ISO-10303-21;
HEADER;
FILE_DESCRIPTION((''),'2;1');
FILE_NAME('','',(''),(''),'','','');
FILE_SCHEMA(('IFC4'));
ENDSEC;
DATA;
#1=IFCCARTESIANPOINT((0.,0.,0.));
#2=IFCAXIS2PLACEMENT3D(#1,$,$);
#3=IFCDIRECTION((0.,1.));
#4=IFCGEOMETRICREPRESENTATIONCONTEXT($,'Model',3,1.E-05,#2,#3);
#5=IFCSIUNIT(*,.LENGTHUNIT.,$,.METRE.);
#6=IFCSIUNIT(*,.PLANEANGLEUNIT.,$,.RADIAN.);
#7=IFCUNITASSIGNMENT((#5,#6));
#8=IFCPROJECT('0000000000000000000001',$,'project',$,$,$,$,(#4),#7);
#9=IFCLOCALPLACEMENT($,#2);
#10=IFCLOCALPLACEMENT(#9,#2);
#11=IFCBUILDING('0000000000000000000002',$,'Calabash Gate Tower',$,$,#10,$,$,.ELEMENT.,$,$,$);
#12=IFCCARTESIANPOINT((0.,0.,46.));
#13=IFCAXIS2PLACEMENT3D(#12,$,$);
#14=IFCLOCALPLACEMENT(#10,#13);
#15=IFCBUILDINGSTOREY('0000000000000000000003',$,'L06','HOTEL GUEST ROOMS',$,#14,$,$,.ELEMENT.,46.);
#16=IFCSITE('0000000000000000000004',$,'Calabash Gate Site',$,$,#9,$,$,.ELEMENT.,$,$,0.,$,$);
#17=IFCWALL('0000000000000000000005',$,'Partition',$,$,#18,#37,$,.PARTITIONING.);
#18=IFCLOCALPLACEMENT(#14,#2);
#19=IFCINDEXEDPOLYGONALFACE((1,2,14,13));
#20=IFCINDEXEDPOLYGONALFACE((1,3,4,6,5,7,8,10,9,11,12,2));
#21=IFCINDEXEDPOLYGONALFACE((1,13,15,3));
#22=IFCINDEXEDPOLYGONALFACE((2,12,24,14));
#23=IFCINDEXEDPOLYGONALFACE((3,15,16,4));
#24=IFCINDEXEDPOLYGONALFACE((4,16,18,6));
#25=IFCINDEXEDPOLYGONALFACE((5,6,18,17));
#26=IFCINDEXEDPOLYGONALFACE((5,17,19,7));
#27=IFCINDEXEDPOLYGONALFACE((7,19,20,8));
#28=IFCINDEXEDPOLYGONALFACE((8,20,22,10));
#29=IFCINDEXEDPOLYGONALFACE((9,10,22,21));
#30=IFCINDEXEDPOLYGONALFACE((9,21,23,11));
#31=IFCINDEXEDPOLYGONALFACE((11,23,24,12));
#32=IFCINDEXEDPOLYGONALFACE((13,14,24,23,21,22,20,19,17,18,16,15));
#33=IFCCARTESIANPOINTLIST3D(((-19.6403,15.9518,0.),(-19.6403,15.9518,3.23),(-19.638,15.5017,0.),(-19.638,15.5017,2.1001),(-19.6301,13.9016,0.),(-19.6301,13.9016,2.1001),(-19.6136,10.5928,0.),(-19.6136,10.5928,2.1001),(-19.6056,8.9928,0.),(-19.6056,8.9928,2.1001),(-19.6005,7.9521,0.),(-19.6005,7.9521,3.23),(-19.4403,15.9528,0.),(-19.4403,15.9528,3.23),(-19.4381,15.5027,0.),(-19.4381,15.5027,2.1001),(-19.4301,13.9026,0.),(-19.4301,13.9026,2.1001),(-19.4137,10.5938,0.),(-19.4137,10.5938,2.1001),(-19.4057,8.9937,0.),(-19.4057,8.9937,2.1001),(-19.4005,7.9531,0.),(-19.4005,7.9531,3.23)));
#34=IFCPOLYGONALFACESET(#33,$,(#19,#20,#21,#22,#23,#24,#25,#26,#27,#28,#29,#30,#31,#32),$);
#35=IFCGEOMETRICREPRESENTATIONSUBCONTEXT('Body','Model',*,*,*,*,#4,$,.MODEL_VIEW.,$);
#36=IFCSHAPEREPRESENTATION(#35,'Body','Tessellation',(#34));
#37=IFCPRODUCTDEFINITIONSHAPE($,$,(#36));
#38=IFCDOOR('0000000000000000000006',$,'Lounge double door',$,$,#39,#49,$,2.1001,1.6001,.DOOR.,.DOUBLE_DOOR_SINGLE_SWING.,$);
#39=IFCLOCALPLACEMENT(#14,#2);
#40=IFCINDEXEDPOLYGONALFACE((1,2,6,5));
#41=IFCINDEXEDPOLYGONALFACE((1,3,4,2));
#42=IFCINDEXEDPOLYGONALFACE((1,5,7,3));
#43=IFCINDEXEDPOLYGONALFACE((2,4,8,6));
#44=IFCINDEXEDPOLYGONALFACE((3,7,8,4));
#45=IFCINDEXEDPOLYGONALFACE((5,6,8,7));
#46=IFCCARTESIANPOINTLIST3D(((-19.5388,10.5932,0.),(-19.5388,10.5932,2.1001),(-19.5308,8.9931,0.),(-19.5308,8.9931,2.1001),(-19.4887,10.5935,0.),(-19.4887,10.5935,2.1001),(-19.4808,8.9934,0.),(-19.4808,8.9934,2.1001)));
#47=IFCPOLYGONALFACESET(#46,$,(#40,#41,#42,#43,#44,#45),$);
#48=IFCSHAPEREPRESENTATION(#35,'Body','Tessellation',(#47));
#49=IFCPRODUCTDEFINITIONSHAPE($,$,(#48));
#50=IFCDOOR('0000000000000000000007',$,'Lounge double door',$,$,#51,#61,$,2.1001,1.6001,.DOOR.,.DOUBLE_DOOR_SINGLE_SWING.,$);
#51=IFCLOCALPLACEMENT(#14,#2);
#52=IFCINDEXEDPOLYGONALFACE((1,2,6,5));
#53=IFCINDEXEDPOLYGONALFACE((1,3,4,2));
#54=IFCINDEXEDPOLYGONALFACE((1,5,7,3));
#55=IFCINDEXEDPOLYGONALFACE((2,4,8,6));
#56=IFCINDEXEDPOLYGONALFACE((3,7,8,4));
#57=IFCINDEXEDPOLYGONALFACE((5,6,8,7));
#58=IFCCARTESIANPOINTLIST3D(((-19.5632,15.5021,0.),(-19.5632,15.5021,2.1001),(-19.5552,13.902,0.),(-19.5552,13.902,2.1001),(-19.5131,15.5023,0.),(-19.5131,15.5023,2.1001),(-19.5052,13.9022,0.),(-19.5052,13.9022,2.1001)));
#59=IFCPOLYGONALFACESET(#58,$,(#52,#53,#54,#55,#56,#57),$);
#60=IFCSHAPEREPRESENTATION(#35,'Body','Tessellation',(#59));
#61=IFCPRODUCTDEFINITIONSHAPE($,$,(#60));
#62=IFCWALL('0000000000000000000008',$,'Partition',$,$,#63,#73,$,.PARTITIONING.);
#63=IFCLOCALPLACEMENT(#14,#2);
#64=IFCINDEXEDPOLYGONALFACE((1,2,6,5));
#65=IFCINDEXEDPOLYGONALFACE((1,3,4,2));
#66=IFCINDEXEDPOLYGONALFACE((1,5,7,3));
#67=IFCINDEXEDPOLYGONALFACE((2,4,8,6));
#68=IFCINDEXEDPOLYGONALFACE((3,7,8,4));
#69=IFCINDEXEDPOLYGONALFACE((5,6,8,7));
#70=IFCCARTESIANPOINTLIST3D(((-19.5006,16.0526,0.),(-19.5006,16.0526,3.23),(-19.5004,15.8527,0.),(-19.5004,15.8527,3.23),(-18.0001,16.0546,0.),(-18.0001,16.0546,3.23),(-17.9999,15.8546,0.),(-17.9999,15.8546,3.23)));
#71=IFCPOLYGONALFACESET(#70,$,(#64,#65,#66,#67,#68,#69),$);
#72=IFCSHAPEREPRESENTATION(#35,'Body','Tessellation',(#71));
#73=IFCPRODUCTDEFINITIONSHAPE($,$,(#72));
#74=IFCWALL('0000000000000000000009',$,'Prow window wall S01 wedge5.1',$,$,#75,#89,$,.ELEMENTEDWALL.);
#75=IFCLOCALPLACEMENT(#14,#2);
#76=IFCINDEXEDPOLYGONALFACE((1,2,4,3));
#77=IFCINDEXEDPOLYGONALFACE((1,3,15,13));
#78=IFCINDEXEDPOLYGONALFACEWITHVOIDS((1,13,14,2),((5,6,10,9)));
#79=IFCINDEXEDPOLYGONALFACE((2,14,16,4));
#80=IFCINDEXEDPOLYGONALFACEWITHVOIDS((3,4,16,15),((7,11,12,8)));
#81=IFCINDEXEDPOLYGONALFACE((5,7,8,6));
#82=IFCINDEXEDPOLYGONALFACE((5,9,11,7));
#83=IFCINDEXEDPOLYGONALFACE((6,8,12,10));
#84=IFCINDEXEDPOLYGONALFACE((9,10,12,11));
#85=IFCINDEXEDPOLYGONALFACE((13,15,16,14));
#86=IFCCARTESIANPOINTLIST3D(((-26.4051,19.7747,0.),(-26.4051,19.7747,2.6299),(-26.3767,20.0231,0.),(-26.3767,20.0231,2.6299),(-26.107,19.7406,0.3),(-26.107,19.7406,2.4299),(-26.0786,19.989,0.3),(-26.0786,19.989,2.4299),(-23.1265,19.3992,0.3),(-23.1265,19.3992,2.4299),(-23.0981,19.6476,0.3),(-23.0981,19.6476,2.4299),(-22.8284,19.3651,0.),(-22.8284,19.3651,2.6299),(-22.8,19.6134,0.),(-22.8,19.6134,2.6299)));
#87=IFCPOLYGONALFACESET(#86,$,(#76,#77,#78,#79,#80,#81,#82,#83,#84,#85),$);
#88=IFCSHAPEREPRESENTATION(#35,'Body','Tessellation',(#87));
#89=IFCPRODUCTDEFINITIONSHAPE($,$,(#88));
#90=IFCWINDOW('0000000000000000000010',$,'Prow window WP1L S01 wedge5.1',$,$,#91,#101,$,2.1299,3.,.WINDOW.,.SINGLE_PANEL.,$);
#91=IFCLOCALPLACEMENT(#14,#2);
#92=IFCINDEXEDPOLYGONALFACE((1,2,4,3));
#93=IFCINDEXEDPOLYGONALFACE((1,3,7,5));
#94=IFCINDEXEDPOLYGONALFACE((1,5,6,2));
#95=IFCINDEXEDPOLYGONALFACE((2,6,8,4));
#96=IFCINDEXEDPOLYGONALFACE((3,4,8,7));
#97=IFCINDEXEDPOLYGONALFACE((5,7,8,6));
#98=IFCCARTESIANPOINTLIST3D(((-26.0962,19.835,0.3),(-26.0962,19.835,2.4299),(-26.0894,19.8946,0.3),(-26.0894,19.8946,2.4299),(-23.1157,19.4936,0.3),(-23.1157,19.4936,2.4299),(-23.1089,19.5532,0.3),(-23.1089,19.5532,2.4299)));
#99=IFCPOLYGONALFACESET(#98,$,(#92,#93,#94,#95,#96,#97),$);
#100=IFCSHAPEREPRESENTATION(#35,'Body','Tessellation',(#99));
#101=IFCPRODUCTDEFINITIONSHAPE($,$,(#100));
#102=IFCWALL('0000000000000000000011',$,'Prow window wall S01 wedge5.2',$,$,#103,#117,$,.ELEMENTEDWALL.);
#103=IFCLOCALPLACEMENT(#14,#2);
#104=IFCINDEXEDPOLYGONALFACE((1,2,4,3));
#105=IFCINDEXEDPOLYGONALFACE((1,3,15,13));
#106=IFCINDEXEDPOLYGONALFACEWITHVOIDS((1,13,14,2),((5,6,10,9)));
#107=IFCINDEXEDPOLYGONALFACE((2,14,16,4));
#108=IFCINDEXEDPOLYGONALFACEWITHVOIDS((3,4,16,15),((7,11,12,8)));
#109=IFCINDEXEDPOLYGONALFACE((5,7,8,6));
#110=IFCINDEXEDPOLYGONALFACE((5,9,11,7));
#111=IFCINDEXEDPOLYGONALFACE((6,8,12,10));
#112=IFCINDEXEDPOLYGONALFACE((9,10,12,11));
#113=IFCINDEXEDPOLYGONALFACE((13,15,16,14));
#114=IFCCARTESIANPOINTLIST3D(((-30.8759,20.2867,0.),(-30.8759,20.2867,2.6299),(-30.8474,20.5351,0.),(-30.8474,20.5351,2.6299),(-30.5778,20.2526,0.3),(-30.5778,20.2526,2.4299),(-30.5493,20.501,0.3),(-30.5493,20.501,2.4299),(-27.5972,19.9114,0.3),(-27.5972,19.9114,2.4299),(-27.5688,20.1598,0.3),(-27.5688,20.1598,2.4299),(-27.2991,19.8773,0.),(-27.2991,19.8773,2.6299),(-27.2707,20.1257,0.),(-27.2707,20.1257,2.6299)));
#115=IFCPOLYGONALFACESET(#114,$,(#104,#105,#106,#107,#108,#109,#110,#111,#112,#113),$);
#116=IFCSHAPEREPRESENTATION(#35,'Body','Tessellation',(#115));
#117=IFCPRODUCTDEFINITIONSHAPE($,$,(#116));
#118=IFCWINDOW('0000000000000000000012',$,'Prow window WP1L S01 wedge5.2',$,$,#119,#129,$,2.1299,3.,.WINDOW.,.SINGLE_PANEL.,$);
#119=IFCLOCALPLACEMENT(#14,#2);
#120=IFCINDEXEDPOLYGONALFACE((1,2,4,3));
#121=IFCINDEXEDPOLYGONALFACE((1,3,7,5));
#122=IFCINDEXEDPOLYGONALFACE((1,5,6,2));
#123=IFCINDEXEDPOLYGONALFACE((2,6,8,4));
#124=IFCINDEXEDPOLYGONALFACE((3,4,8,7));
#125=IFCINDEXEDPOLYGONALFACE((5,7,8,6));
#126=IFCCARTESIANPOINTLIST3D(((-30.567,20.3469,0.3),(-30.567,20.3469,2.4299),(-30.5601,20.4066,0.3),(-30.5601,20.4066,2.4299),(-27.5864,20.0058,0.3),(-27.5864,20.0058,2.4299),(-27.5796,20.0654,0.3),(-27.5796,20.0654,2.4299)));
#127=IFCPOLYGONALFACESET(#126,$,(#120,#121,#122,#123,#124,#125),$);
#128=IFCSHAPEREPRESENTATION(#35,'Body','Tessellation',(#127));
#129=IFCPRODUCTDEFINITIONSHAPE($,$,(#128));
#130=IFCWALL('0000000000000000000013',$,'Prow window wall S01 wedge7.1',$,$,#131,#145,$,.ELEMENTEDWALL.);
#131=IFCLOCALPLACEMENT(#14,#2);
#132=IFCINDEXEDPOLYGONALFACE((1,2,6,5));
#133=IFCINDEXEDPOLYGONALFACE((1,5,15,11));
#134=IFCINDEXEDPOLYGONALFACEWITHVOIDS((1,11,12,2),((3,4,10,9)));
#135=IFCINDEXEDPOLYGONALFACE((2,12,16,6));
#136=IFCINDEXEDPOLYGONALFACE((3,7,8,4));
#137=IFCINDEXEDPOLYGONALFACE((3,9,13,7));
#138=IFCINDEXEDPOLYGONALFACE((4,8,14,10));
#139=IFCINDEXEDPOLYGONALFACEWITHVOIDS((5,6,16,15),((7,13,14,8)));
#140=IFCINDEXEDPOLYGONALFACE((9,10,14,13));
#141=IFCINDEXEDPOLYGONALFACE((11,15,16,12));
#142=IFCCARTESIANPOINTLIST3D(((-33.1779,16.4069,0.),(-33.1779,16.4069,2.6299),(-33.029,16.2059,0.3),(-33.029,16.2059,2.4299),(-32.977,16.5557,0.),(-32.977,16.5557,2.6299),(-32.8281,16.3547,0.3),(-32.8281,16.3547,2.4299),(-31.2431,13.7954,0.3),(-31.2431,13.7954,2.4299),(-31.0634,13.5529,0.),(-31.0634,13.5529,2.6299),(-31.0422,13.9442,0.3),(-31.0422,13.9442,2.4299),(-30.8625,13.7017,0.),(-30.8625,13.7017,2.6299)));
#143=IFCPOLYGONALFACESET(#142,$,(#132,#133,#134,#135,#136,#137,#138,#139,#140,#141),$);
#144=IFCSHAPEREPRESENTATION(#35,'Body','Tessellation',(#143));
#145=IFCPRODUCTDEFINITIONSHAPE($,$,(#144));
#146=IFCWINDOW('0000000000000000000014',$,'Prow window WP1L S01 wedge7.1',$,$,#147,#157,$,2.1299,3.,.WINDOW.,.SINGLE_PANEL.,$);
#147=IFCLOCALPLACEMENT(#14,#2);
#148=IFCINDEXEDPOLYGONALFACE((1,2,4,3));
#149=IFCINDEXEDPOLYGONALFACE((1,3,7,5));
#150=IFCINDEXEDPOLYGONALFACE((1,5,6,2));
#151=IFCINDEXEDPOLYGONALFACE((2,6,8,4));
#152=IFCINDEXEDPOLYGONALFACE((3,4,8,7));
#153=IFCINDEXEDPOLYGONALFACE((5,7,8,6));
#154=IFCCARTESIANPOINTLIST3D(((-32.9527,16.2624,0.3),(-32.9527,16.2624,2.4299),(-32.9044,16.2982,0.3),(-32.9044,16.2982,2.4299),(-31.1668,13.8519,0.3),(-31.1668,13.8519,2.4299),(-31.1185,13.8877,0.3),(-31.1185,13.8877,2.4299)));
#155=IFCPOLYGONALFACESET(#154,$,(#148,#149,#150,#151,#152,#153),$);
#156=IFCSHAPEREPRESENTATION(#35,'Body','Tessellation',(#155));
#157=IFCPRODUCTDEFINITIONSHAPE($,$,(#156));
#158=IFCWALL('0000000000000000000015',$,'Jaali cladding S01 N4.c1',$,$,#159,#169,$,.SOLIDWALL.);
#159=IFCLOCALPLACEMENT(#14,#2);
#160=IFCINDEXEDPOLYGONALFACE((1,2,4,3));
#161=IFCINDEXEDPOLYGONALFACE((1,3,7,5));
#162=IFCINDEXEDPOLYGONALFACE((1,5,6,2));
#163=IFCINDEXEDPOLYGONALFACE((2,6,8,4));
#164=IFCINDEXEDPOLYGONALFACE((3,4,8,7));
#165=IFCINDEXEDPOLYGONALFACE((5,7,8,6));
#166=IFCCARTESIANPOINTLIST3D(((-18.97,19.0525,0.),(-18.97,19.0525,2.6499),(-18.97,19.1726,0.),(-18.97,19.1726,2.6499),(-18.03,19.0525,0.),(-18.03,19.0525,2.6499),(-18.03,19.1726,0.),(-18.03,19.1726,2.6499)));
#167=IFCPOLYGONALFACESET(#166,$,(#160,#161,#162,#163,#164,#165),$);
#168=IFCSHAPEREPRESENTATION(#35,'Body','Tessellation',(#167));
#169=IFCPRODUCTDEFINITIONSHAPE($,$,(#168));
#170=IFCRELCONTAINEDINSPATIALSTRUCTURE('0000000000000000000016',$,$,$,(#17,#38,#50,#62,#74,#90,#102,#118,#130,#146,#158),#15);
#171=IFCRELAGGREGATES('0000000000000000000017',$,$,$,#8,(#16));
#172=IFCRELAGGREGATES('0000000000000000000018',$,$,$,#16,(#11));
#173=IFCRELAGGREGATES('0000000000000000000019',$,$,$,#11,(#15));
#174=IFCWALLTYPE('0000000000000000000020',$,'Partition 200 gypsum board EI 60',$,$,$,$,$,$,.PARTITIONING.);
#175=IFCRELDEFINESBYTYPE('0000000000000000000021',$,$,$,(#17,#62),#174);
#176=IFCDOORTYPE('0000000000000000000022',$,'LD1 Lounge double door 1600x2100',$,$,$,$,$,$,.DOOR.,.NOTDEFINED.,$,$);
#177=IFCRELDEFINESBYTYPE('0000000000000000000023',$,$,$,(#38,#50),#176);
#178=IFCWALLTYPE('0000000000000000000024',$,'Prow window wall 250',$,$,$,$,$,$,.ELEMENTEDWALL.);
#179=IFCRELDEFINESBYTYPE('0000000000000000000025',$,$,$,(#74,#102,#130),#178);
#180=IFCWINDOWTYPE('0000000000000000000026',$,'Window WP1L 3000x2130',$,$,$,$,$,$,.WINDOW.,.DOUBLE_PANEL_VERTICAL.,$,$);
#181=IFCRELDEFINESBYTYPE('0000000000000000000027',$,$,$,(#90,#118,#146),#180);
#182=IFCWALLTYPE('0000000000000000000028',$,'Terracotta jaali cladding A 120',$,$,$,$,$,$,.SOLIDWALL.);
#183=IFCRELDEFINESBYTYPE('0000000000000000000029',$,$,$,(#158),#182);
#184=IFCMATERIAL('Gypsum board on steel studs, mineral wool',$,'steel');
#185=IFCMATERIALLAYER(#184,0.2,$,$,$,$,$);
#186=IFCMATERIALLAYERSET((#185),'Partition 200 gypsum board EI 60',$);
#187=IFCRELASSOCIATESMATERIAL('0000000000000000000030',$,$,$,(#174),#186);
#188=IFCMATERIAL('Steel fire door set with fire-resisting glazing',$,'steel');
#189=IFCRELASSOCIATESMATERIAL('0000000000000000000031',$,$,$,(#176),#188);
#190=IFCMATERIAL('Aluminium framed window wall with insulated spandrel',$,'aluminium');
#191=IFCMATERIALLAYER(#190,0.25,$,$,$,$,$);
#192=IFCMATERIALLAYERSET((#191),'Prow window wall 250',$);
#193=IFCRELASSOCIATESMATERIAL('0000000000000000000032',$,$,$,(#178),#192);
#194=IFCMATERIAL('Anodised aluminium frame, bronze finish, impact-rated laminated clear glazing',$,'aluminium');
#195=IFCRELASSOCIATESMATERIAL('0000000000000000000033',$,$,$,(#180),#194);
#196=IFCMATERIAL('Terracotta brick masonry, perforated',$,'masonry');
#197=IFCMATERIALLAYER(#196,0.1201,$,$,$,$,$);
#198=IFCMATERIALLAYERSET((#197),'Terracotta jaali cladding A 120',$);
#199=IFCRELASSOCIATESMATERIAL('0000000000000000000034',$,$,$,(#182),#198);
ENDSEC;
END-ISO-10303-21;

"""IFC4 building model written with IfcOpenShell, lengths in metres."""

from ifc_helpers import new_model, si_unit, direction, frame, frame_2d, origin, place, context, subcontext, project, spatial, rectangle, extrude, material, layer, layer_set, type_object, element, fill, save


model = new_model("IFC4")

# Units and contexts
model_context = context("Model", 3, precision=1e-05, world=origin(), true_north=direction((0.0, 1.0)))
body_context = subcontext(model_context, "Body", "Model", "MODEL_VIEW")
ifc_project = project(units=[si_unit("LENGTHUNIT", "METRE"), si_unit("PLANEANGLEUNIT", "RADIAN")], contexts=[model_context])

# Site, building, storey
site_placement = place(None, origin())
site = spatial("IfcSite", under=ifc_project, at=site_placement, Name="Calabash Gate Site", CompositionType="ELEMENT", RefElevation=0.0)
building_placement = place(site_placement, origin())
building = spatial("IfcBuilding", under=site, at=building_placement, Name="Calabash Gate Tower", CompositionType="ELEMENT")
storey_placement = place(building_placement, frame((0.0, 0.0, 46.0)))
storey = spatial("IfcBuildingStorey", under=building, at=storey_placement, Name="L06", Description="HOTEL GUEST ROOMS", CompositionType="ELEMENT", Elevation=46.0)

# Wall, openings, doors
ifc_material_1 = material(Name="Gypsum board on steel studs, mineral wool", Category="steel")
ifc_layer_1 = layer(ifc_material_1, 0.2)
ifc_layer_set_1 = layer_set([ifc_layer_1], Name="Partition 200 gypsum board EI 60")
wall_type_1 = type_object("IfcWallType", Name="Partition 200 gypsum board EI 60", PredefinedType="PARTITIONING", material=ifc_layer_set_1)
wall_1_placement = place(storey_placement, frame((-19.5403, 15.9524, 0.0), z_axis=(0.0, 0.0, 1.0), x_axis=(0.004974, -0.999988, 0.0)))
wall_1 = element("IfcWall", 1, at=wall_1_placement, inside=storey, type_object=wall_type_1, Name="Partition", PredefinedType="PARTITIONING", context=body_context, shape_type="SweptSolid", body=[
    extrude(rectangle(XDim=7.9998, YDim=0.2, at=frame_2d((4.0, 0.0))), origin(), (0.0, 0.0, 1.0), 3.23),
])
opening_1_placement = place(wall_1_placement, frame((5.3591, 0.0, 0.0)))
opening_1 = element("IfcOpeningElement", 2, at=opening_1_placement, cuts=wall_1, PredefinedType="OPENING", context=body_context, shape_type="SweptSolid", body=[
    extrude(rectangle(XDim=1.6001, YDim=2.1001, at=frame_2d((0.8, 1.05))), frame((0.0, 0.1099, 0.0), z_axis=(0.0, -1.0, 0.0), x_axis=(1.0, 0.0, 0.0)), (0.0, 0.0, 1.0), 0.22),
])
opening_2_placement = place(wall_1_placement, frame((0.4502, 0.0, 0.0)))
opening_2 = element("IfcOpeningElement", 3, at=opening_2_placement, cuts=wall_1, PredefinedType="OPENING", context=body_context, shape_type="SweptSolid", body=[
    extrude(rectangle(XDim=1.6001, YDim=2.1001, at=frame_2d((0.8, 1.05))), frame((0.0, 0.1099, 0.0), z_axis=(0.0, -1.0, 0.0), x_axis=(1.0, 0.0, 0.0)), (0.0, 0.0, 1.0), 0.22),
])
ifc_material_2 = material(Name="Steel fire door set with fire-resisting glazing", Category="steel")
door_type = type_object("IfcDoorType", Name="LD1 Lounge double door 1600x2100", OperationType="NOTDEFINED", PredefinedType="DOOR", material=ifc_material_2)
door_1_placement = place(opening_1_placement, origin())
door_1 = element("IfcDoor", 4, at=door_1_placement, inside=storey, type_object=door_type, Name="Lounge double door", OperationType="DOUBLE_DOOR_SINGLE_SWING", OverallHeight=2.1001, OverallWidth=1.6001, PredefinedType="DOOR", context=body_context, shape_type="SweptSolid", body=[
    extrude(rectangle(XDim=1.6001, YDim=2.1001, at=frame_2d((0.8, 1.05))), frame((0.0, 0.0249, 0.0), z_axis=(0.0, -1.0, 0.0), x_axis=(1.0, 0.0, 0.0)), (0.0, 0.0, 1.0), 0.05),
])
fill(opening_1, door_1)
door_2_placement = place(opening_2_placement, origin())
door_2 = element("IfcDoor", 5, at=door_2_placement, inside=storey, type_object=door_type, Name="Lounge double door", OperationType="DOUBLE_DOOR_SINGLE_SWING", OverallHeight=2.1001, OverallWidth=1.6001, PredefinedType="DOOR", context=body_context, shape_type="SweptSolid", body=[
    extrude(rectangle(XDim=1.6001, YDim=2.1001, at=frame_2d((0.8, 1.05))), frame((0.0, 0.0249, 0.0), z_axis=(0.0, -1.0, 0.0), x_axis=(1.0, 0.0, 0.0)), (0.0, 0.0, 1.0), 0.05),
])
fill(opening_2, door_2)

# Wall
wall_2_placement = place(storey_placement, frame((-19.5005, 15.9526, 0.0), z_axis=(0.0, 0.0, 1.0), x_axis=(0.999999, 0.001302, 0.0)))
element("IfcWall", 6, at=wall_2_placement, inside=storey, type_object=wall_type_1, Name="Partition", PredefinedType="PARTITIONING", context=body_context, shape_type="SweptSolid", body=[
    extrude(rectangle(XDim=1.5005, YDim=0.2, at=frame_2d((0.7502, 0.0))), origin(), (0.0, 0.0, 1.0), 3.23),
])

# Walls, openings, windows
ifc_material_3 = material(Name="Aluminium framed window wall with insulated spandrel", Category="aluminium")
ifc_layer_2 = layer(ifc_material_3, 0.25)
ifc_layer_set_2 = layer_set([ifc_layer_2], Name="Prow window wall 250")
wall_type_2 = type_object("IfcWallType", Name="Prow window wall 250", PredefinedType="ELEMENTEDWALL", material=ifc_layer_set_2)
wall_3_placement = place(storey_placement, frame((-22.8142, 19.4893, 0.0), z_axis=(0.0, 0.0, 1.0), x_axis=(-0.993504, 0.113795, 0.0)))
wall_3 = element("IfcWall", 7, at=wall_3_placement, inside=storey, type_object=wall_type_2, Name="Prow window wall S01 wedge5.1", PredefinedType="ELEMENTEDWALL", context=body_context, shape_type="SweptSolid", body=[
    extrude(rectangle(XDim=3.6001, YDim=0.25, at=frame_2d((1.8, 0.0))), origin(), (0.0, 0.0, 1.0), 2.6299),
])
opening_3_placement = place(wall_3_placement, frame((0.3, 0.0, 0.3)))
opening_3 = element("IfcOpeningElement", 8, at=opening_3_placement, cuts=wall_3, PredefinedType="OPENING", context=body_context, shape_type="SweptSolid", body=[
    extrude(rectangle(XDim=3.0, YDim=2.1299, at=frame_2d((1.5, 1.0649))), frame((0.0, 0.135, 0.0), z_axis=(0.0, -1.0, 0.0), x_axis=(1.0, 0.0, 0.0)), (0.0, 0.0, 1.0), 0.27),
])
ifc_material_4 = material(Name="Anodised aluminium frame, bronze finish, impact-rated laminated clear glazing", Category="aluminium")
window_type = type_object("IfcWindowType", Name="Window WP1L 3000x2130", PartitioningType="DOUBLE_PANEL_VERTICAL", PredefinedType="WINDOW", material=ifc_material_4)
window_1_placement = place(opening_3_placement, origin())
window_1 = element("IfcWindow", 9, at=window_1_placement, inside=storey, type_object=window_type, Name="Prow window WP1L S01 wedge5.1", OverallHeight=2.1299, OverallWidth=3.0, PartitioningType="SINGLE_PANEL", PredefinedType="WINDOW", context=body_context, shape_type="SweptSolid", body=[
    extrude(rectangle(XDim=3.0, YDim=2.1299, at=frame_2d((1.5, 1.0649))), frame((0.0, 0.03, 0.0), z_axis=(0.0, -1.0, 0.0), x_axis=(1.0, 0.0, 0.0)), (0.0, 0.0, 1.0), 0.0601),
])
fill(opening_3, window_1)
wall_4_placement = place(storey_placement, frame((-27.2849, 20.0015, 0.0), z_axis=(0.0, 0.0, 1.0), x_axis=(-0.993512, 0.113728, 0.0)))
wall_4 = element("IfcWall", 10, at=wall_4_placement, inside=storey, type_object=wall_type_2, Name="Prow window wall S01 wedge5.2", PredefinedType="ELEMENTEDWALL", context=body_context, shape_type="SweptSolid", body=[
    extrude(rectangle(XDim=3.6001, YDim=0.25, at=frame_2d((1.8, 0.0))), origin(), (0.0, 0.0, 1.0), 2.6299),
])
opening_4_placement = place(wall_4_placement, frame((0.3, 0.0, 0.3)))
opening_4 = element("IfcOpeningElement", 11, at=opening_4_placement, cuts=wall_4, PredefinedType="OPENING", context=body_context, shape_type="SweptSolid", body=[
    extrude(rectangle(XDim=3.0, YDim=2.1299, at=frame_2d((1.5, 1.0649))), frame((0.0, 0.135, 0.0), z_axis=(0.0, -1.0, 0.0), x_axis=(1.0, 0.0, 0.0)), (0.0, 0.0, 1.0), 0.27),
])
window_2_placement = place(opening_4_placement, origin())
window_2 = element("IfcWindow", 12, at=window_2_placement, inside=storey, type_object=window_type, Name="Prow window WP1L S01 wedge5.2", OverallHeight=2.1299, OverallWidth=3.0, PartitioningType="SINGLE_PANEL", PredefinedType="WINDOW", context=body_context, shape_type="SweptSolid", body=[
    extrude(rectangle(XDim=3.0, YDim=2.1299, at=frame_2d((1.5, 1.0649))), frame((0.0, 0.03, 0.0), z_axis=(0.0, -1.0, 0.0), x_axis=(1.0, 0.0, 0.0)), (0.0, 0.0, 1.0), 0.0601),
])
fill(opening_4, window_2)
wall_5_placement = place(storey_placement, frame((-33.0774, 16.4812, 0.0), z_axis=(0.0, 0.0, 1.0), x_axis=(0.595305, -0.8035, 0.0)))
wall_5 = element("IfcWall", 13, at=wall_5_placement, inside=storey, type_object=wall_type_2, Name="Prow window wall S01 wedge7.1", PredefinedType="ELEMENTEDWALL", context=body_context, shape_type="SweptSolid", body=[
    extrude(rectangle(XDim=3.552, YDim=0.25, at=frame_2d((1.7759, 0.0))), origin(), (0.0, 0.0, 1.0), 2.6299),
])
opening_5_placement = place(wall_5_placement, frame((0.25, 0.0, 0.3)))
opening_5 = element("IfcOpeningElement", 14, at=opening_5_placement, cuts=wall_5, PredefinedType="OPENING", context=body_context, shape_type="SweptSolid", body=[
    extrude(rectangle(XDim=3.0, YDim=2.1299, at=frame_2d((1.5, 1.0649))), frame((0.0, 0.135, 0.0), z_axis=(0.0, -1.0, 0.0), x_axis=(1.0, 0.0, 0.0)), (0.0, 0.0, 1.0), 0.27),
])
window_3_placement = place(opening_5_placement, origin())
window_3 = element("IfcWindow", 15, at=window_3_placement, inside=storey, type_object=window_type, Name="Prow window WP1L S01 wedge7.1", OverallHeight=2.1299, OverallWidth=3.0, PartitioningType="SINGLE_PANEL", PredefinedType="WINDOW", context=body_context, shape_type="SweptSolid", body=[
    extrude(rectangle(XDim=3.0, YDim=2.1299, at=frame_2d((1.5, 1.0649))), frame((0.0, 0.03, 0.0), z_axis=(0.0, -1.0, 0.0), x_axis=(1.0, 0.0, 0.0)), (0.0, 0.0, 1.0), 0.0601),
])
fill(opening_5, window_3)

# Wall
ifc_material_5 = material(Name="Terracotta brick masonry, perforated", Category="masonry")
ifc_layer_3 = layer(ifc_material_5, 0.1201)
ifc_layer_set_3 = layer_set([ifc_layer_3], Name="Terracotta jaali cladding A 120")
wall_type_3 = type_object("IfcWallType", Name="Terracotta jaali cladding A 120", PredefinedType="SOLIDWALL", material=ifc_layer_set_3)
wall_6_placement = place(storey_placement, frame((-18.97, 19.1125, 0.0), z_axis=(0.0, 0.0, 1.0), x_axis=(1.0, 0.0, 0.0)))
element("IfcWall", 16, at=wall_6_placement, inside=storey, type_object=wall_type_3, Name="Jaali cladding S01 N4.c1", PredefinedType="SOLIDWALL", context=body_context, shape_type="SweptSolid", body=[
    extrude(rectangle(XDim=0.9399, YDim=0.1201, at=frame_2d((0.47, 0.0))), origin(), (0.0, 0.0, 1.0), 2.6499),
])

save(model, "model.ifc")
